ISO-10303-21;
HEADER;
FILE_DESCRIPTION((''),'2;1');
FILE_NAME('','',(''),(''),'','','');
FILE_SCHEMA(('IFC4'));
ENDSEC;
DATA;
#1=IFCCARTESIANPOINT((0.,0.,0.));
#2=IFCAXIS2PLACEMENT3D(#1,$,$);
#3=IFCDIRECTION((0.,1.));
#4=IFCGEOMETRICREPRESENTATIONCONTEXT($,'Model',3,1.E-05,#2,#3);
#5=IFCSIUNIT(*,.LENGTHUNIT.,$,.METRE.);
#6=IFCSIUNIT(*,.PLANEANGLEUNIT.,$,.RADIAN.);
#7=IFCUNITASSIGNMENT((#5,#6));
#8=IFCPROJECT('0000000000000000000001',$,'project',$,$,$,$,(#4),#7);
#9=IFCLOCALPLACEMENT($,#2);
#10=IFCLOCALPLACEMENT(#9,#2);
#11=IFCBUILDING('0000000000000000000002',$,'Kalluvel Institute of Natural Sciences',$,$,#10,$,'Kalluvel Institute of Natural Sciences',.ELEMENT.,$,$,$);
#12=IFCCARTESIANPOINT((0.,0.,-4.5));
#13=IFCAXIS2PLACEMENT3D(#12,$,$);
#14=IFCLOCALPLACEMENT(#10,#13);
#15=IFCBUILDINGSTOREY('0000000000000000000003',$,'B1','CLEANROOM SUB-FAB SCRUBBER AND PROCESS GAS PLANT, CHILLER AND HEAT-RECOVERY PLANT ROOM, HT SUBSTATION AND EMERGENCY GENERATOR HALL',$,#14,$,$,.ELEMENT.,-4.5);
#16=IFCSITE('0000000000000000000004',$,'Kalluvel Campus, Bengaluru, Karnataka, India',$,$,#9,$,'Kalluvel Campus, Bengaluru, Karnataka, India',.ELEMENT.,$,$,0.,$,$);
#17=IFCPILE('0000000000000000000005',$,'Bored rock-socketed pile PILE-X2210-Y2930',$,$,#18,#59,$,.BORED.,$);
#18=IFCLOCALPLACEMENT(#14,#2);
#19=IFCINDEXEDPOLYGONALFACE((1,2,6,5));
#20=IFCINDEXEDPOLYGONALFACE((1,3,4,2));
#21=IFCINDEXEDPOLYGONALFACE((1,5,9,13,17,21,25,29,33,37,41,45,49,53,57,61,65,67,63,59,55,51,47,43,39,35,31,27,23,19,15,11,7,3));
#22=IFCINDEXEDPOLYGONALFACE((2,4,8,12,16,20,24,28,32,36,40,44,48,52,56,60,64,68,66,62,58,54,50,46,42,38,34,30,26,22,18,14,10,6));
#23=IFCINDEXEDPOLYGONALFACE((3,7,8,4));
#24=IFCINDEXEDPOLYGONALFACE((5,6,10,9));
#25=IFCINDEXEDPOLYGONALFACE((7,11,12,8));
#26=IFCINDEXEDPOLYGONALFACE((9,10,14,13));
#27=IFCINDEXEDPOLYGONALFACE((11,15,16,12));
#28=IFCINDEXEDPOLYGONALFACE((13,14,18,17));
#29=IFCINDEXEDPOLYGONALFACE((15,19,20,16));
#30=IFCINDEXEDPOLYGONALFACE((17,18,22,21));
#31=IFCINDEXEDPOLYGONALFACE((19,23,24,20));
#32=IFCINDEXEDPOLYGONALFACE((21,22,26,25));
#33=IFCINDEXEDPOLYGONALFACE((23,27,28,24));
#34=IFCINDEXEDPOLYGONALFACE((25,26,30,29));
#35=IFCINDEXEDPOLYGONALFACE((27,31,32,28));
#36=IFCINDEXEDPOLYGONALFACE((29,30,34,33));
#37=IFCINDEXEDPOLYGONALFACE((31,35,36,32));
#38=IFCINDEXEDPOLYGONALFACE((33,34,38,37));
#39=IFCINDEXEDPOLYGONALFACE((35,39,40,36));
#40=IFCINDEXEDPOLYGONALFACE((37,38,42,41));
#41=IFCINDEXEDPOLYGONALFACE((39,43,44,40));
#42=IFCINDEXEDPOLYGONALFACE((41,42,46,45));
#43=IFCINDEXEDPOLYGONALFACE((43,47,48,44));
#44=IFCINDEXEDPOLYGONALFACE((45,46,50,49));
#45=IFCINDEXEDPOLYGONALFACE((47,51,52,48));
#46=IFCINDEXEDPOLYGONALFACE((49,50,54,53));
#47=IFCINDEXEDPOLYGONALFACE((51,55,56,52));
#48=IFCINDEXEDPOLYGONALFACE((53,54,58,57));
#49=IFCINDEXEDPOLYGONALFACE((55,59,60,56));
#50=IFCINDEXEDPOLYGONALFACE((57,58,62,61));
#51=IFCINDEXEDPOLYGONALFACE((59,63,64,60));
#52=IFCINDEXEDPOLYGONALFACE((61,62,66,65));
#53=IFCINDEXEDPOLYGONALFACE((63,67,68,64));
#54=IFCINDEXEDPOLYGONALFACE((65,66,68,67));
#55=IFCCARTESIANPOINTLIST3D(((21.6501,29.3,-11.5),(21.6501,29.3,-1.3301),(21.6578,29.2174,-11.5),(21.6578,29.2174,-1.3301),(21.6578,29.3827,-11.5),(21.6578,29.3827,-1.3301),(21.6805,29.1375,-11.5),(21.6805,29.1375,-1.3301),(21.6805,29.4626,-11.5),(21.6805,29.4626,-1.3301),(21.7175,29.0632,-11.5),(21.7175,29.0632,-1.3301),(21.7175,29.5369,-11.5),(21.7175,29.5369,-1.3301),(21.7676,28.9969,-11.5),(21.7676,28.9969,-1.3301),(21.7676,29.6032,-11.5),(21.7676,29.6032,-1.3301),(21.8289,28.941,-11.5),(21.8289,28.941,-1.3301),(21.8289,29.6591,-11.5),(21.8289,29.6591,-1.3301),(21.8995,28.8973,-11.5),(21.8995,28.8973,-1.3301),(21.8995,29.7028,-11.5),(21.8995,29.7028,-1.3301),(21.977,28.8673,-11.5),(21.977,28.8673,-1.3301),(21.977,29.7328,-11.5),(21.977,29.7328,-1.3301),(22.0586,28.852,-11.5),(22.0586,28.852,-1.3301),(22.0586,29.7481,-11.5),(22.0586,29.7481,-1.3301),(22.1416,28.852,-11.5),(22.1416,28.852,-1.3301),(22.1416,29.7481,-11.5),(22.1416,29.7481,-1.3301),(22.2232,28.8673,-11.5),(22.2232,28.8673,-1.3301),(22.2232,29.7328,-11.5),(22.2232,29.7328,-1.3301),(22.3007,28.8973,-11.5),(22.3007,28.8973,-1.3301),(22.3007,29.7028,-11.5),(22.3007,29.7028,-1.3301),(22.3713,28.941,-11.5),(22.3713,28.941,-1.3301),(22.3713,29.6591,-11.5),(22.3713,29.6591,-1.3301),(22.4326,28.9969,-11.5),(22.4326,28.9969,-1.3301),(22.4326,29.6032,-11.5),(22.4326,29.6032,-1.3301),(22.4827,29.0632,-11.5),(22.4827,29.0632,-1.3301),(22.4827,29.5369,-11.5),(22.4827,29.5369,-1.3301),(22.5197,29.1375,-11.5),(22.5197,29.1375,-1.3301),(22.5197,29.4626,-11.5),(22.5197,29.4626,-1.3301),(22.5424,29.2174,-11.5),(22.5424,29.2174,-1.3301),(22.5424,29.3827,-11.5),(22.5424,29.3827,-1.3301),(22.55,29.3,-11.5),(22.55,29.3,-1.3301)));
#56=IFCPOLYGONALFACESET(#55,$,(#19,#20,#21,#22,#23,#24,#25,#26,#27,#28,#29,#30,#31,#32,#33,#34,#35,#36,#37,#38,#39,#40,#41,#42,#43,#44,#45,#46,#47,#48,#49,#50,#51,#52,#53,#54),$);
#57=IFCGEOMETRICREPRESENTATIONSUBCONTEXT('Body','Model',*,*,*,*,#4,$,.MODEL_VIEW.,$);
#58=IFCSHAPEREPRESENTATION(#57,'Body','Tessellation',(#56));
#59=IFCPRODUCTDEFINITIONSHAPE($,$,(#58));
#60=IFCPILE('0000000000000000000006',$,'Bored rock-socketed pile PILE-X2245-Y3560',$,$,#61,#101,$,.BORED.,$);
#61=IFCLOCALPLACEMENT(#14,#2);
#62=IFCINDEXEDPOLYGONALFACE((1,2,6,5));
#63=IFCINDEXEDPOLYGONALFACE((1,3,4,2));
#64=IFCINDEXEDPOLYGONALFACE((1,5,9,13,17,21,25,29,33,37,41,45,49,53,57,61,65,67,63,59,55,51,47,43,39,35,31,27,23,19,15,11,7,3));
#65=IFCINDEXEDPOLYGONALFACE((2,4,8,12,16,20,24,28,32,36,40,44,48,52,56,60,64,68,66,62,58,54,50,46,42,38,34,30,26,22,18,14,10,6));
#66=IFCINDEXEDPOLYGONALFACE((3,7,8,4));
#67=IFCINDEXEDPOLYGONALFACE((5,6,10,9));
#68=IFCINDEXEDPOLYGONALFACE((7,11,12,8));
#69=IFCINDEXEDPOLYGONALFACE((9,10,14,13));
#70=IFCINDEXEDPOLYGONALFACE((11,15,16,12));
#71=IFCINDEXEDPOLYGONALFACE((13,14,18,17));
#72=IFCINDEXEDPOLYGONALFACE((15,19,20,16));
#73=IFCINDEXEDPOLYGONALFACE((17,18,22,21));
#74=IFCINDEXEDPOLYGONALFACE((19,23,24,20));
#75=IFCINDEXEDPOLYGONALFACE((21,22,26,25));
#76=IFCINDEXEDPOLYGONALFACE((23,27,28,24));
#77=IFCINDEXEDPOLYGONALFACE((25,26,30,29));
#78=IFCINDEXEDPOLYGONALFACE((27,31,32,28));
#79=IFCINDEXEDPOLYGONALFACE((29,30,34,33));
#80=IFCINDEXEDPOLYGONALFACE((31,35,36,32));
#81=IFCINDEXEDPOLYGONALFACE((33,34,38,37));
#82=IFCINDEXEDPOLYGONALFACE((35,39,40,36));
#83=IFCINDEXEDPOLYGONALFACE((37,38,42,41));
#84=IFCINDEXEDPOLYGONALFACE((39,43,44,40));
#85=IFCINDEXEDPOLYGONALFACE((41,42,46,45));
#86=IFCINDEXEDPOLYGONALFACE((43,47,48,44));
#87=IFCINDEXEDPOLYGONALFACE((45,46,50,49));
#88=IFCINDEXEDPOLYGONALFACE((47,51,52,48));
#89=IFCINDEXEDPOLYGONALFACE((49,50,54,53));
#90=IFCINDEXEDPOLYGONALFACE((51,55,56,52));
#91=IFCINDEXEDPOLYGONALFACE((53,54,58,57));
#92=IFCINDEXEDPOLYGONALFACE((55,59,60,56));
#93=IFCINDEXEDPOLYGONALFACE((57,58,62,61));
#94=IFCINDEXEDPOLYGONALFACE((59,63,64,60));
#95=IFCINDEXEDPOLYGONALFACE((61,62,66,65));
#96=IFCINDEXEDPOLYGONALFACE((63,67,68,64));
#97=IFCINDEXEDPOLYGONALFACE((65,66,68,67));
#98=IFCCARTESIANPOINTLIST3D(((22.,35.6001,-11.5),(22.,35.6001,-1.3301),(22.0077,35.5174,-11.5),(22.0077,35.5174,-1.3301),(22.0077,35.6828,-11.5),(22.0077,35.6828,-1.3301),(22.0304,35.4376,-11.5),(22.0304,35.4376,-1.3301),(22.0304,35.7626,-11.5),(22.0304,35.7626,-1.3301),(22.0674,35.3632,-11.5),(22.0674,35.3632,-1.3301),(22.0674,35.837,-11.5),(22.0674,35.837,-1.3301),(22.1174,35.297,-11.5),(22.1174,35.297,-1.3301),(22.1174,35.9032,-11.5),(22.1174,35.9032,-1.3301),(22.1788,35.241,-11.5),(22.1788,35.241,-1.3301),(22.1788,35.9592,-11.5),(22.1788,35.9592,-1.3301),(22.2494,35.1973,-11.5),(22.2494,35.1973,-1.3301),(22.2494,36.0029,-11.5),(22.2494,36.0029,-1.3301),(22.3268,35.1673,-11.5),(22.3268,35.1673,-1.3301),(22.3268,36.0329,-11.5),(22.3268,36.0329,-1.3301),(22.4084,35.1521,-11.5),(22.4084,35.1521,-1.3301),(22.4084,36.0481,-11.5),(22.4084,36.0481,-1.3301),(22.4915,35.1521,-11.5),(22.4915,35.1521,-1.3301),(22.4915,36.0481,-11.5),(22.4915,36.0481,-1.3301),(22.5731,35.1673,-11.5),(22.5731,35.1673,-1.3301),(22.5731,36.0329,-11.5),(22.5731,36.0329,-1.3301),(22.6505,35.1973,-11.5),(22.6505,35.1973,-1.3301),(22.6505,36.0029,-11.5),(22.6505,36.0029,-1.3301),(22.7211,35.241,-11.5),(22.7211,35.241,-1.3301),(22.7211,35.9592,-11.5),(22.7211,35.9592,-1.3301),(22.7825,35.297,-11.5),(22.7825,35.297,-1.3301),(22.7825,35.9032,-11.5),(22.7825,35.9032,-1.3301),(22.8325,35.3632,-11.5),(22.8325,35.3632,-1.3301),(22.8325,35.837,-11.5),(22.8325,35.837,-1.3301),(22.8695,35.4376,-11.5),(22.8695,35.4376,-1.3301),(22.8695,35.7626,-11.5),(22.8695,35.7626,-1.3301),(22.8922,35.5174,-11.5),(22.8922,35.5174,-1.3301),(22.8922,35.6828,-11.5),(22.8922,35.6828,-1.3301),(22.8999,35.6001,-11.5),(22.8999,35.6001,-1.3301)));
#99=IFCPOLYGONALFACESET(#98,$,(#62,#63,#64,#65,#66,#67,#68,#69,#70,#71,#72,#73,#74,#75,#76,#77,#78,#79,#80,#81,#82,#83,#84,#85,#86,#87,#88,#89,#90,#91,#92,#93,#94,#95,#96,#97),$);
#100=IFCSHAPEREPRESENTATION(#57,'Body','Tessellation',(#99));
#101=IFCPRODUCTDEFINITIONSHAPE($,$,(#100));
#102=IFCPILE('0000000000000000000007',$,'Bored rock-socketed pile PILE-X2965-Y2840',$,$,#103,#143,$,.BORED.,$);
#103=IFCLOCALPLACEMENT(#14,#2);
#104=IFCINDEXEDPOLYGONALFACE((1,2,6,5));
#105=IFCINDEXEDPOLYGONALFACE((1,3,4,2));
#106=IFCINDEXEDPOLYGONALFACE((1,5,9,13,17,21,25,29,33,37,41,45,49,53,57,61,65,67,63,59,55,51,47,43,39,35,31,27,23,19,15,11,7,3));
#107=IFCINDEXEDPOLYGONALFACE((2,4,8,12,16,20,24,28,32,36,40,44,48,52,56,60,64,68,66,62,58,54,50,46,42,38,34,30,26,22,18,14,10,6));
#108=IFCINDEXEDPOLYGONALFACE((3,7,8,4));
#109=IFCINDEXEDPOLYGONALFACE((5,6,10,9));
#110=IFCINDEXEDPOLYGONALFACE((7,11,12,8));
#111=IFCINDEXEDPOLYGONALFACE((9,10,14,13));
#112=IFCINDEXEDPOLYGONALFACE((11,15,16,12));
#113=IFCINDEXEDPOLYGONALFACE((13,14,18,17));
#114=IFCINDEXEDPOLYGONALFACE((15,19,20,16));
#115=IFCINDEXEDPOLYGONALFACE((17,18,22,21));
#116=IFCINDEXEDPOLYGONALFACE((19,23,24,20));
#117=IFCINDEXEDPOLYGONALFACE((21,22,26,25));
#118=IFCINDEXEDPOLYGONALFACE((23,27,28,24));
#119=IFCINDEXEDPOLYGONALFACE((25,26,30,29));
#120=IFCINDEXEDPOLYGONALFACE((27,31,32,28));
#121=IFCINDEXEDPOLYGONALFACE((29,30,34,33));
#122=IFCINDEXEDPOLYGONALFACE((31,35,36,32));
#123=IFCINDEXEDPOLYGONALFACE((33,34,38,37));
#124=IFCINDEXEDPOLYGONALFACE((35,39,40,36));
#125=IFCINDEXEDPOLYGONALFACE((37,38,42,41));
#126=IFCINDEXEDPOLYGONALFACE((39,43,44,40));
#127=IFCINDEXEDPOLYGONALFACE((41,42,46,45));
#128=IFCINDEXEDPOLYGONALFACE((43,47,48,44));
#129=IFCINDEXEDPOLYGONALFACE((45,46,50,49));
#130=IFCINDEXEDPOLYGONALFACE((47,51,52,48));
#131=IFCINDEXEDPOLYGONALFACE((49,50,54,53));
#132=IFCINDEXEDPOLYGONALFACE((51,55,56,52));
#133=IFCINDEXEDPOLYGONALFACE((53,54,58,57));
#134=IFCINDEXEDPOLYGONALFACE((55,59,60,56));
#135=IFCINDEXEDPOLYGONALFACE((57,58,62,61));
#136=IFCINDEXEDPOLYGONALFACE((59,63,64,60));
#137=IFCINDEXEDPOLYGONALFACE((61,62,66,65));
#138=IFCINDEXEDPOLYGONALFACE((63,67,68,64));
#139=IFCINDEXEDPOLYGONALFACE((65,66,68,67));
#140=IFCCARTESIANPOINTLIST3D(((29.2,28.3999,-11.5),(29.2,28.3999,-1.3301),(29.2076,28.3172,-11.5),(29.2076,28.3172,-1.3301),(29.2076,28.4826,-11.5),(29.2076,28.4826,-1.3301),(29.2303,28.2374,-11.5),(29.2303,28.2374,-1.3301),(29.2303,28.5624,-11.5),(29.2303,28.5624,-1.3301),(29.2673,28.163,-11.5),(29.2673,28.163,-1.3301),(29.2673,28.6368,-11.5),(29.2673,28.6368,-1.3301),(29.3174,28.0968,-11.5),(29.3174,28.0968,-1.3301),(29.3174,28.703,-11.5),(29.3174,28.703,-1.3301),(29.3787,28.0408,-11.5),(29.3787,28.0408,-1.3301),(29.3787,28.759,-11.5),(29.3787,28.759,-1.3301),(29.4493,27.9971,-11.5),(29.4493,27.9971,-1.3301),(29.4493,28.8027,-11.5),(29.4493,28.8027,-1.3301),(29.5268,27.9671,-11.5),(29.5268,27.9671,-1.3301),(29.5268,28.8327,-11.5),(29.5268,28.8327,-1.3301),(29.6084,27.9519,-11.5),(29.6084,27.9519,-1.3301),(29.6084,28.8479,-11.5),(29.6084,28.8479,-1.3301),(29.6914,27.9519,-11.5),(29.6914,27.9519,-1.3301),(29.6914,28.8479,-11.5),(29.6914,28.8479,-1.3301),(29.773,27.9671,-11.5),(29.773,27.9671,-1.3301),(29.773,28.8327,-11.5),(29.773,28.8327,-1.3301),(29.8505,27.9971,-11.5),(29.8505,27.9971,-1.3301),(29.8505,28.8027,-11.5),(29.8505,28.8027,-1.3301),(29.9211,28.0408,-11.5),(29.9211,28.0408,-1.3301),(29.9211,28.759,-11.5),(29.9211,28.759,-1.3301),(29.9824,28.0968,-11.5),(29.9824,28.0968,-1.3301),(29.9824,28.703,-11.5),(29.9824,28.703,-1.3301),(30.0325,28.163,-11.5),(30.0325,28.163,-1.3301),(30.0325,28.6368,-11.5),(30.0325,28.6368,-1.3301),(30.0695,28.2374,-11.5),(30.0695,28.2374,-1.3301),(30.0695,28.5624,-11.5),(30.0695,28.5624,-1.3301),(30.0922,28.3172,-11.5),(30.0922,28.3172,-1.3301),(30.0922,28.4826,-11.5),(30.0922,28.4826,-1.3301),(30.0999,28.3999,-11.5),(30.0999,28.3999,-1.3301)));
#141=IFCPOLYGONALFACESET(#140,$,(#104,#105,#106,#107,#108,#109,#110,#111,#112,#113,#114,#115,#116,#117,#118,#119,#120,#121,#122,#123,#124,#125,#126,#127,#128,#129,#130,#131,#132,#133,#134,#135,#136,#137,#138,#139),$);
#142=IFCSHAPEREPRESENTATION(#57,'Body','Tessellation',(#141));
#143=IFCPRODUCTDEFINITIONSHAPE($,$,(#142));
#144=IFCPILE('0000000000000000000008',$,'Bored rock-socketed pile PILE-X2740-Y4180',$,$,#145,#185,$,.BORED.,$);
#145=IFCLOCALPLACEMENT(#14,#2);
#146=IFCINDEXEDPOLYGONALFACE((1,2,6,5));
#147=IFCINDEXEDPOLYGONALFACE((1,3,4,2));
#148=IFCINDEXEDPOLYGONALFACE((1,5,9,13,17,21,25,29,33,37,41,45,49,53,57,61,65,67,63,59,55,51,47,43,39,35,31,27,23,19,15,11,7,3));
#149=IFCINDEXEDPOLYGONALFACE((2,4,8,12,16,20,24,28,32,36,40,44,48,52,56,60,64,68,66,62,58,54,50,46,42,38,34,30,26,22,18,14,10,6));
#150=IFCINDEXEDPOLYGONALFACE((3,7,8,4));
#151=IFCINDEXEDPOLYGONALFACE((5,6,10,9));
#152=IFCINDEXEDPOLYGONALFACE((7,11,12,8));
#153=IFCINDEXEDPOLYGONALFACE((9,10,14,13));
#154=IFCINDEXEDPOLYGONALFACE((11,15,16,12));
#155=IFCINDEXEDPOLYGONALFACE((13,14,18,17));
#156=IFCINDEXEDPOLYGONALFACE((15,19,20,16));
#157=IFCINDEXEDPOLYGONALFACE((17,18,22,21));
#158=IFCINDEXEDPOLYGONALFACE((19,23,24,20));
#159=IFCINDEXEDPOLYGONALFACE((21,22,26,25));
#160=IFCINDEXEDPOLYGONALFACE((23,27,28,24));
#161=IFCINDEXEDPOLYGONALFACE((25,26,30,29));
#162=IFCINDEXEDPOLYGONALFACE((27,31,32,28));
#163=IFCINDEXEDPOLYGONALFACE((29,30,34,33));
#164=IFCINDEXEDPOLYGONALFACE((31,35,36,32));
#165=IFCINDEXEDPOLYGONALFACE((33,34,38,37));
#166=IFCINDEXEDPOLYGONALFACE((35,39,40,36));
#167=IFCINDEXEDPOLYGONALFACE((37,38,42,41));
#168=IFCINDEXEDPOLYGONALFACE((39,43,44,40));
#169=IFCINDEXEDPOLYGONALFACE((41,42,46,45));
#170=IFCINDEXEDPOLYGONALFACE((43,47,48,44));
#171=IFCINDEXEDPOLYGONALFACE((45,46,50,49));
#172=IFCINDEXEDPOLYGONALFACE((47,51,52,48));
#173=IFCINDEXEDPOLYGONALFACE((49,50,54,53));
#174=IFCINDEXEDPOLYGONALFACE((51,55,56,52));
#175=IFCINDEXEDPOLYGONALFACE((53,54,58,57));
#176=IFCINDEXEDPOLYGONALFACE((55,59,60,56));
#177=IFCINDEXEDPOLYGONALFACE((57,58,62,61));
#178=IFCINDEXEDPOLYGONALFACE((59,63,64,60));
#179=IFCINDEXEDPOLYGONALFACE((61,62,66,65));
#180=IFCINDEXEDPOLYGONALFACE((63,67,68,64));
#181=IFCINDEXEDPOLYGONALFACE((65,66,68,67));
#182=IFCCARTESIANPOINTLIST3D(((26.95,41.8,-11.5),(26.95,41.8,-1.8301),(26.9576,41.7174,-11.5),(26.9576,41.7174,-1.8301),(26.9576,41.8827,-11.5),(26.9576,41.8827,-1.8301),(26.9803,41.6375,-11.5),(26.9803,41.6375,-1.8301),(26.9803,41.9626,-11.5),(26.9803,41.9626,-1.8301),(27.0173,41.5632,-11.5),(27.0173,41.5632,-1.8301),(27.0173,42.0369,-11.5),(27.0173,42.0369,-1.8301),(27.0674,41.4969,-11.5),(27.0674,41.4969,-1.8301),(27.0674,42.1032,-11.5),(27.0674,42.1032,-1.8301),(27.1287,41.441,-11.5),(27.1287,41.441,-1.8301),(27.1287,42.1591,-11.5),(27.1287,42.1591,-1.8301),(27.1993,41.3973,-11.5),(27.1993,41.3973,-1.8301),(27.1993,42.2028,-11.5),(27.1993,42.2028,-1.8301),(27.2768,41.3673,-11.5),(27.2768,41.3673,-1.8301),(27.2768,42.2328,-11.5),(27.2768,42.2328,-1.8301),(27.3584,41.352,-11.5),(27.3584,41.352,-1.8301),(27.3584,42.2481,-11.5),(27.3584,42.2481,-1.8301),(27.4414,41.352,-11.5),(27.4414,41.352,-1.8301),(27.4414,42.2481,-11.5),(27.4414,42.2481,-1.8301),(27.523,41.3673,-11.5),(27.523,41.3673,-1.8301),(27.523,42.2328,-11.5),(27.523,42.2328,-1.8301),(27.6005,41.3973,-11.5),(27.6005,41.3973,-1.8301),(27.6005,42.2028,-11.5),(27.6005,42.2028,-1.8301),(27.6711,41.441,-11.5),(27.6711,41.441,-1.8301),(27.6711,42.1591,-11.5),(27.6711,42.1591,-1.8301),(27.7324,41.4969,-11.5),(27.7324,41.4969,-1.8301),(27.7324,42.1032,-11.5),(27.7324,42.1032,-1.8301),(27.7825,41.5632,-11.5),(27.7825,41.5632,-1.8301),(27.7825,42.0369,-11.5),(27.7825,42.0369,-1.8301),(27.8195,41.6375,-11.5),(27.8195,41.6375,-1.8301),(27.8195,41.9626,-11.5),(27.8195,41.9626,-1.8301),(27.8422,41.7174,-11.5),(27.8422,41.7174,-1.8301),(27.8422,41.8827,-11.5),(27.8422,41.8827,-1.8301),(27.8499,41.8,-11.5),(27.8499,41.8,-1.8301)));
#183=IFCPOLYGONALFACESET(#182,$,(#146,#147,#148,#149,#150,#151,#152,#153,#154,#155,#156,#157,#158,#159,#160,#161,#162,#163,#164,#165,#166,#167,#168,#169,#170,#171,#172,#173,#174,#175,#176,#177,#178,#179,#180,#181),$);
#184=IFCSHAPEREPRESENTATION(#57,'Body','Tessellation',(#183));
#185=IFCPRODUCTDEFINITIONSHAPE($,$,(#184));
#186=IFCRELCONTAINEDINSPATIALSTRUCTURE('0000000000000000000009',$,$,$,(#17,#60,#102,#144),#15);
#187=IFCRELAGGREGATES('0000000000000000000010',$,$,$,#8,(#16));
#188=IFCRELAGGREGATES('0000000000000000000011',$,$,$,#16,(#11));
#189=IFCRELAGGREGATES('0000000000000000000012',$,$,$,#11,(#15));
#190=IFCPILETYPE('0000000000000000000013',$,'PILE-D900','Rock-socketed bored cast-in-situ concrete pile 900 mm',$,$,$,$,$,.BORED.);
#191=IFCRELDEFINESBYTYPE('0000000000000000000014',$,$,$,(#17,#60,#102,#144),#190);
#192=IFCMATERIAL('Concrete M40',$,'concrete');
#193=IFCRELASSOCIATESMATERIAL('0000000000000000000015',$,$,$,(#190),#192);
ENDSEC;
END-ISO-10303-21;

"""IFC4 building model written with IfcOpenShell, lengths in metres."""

from ifc_helpers import new_model, si_unit, direction, frame, origin, origin_2d, place, context, subcontext, project, spatial, circle, extrude, material, material_profile, profile_set, type_object, element, save


model = new_model("IFC4")

# Units and contexts
model_context = context("Model", 3, precision=1e-05, world=origin(), true_north=direction((0.0, 1.0)))
body_context = subcontext(model_context, "Body", "Model", "MODEL_VIEW")
ifc_project = project(units=[si_unit("LENGTHUNIT", "METRE"), si_unit("PLANEANGLEUNIT", "RADIAN")], contexts=[model_context])

# Site, building, storey
site_placement = place(None, origin())
site = spatial("IfcSite", under=ifc_project, at=site_placement, Name="Kalluvel Campus, Bengaluru, Karnataka, India", LongName="Kalluvel Campus, Bengaluru, Karnataka, India", CompositionType="ELEMENT", RefElevation=0.0)
building_placement = place(site_placement, origin())
building = spatial("IfcBuilding", under=site, at=building_placement, Name="Kalluvel Institute of Natural Sciences", LongName="Kalluvel Institute of Natural Sciences", CompositionType="ELEMENT")
storey_placement = place(building_placement, frame((0.0, 0.0, -4.5)))
storey = spatial("IfcBuildingStorey", under=building, at=storey_placement, Name="B1", Description="CLEANROOM SUB-FAB SCRUBBER AND PROCESS GAS PLANT, CHILLER AND HEAT-RECOVERY PLANT ROOM, HT SUBSTATION AND EMERGENCY GENERATOR HALL", CompositionType="ELEMENT", Elevation=-4.5)

# Shared definitions
ifc_material_1 = material(Name="Concrete M40", Category="concrete")

# Piles
ifc_material_profile_1 = material_profile(ifc_material_1, circle(Radius=0.45, at=origin_2d()), Name="PILE D900")
ifc_profile_set_1 = profile_set([ifc_material_profile_1], Name="Concrete M40")
pile_type_1 = type_object("IfcPileType", Name="PILE-D900", Description="Rock-socketed bored cast-in-situ concrete pile 900 mm", PredefinedType="BORED", material=ifc_profile_set_1)
for number, where, z_axis, x_axis, name in (
    (1, (22.1001, 29.3, -1.3301), (0.0, 0.0, -1.0), (1.0, 0.0, 0.0), "Bored rock-socketed pile PILE-X2210-Y2930"),
    (2, (22.45, 35.6001, -1.3301), (0.0, 0.0, -1.0), (1.0, 0.0, 0.0), "Bored rock-socketed pile PILE-X2245-Y3560"),
    (3, (29.6499, 28.3999, -1.3301), (0.0, 0.0, -1.0), (1.0, 0.0, 0.0), "Bored rock-socketed pile PILE-X2965-Y2840"),
):
    element("IfcPile", number, at=place(storey_placement, frame(where, z_axis=z_axis, x_axis=x_axis)), inside=storey, type_object=pile_type_1, Name=name, PredefinedType="BORED", context=body_context, shape_type="SweptSolid", body=[
        extrude(circle(Radius=0.45, at=origin_2d()), origin(), (0.0, 0.0, 1.0), 10.1699),
    ])
for number, where, z_axis, x_axis, name in (
    (4, (27.3999, 41.8, -1.8301), (0.0, 0.0, -1.0), (1.0, 0.0, 0.0), "Bored rock-socketed pile PILE-X2740-Y4180"),
):
    element("IfcPile", number, at=place(storey_placement, frame(where, z_axis=z_axis, x_axis=x_axis)), inside=storey, type_object=pile_type_1, Name=name, PredefinedType="BORED", context=body_context, shape_type="SweptSolid", body=[
        extrude(circle(Radius=0.45, at=origin_2d()), origin(), (0.0, 0.0, 1.0), 9.6699),
    ])

save(model, "model.ifc")
